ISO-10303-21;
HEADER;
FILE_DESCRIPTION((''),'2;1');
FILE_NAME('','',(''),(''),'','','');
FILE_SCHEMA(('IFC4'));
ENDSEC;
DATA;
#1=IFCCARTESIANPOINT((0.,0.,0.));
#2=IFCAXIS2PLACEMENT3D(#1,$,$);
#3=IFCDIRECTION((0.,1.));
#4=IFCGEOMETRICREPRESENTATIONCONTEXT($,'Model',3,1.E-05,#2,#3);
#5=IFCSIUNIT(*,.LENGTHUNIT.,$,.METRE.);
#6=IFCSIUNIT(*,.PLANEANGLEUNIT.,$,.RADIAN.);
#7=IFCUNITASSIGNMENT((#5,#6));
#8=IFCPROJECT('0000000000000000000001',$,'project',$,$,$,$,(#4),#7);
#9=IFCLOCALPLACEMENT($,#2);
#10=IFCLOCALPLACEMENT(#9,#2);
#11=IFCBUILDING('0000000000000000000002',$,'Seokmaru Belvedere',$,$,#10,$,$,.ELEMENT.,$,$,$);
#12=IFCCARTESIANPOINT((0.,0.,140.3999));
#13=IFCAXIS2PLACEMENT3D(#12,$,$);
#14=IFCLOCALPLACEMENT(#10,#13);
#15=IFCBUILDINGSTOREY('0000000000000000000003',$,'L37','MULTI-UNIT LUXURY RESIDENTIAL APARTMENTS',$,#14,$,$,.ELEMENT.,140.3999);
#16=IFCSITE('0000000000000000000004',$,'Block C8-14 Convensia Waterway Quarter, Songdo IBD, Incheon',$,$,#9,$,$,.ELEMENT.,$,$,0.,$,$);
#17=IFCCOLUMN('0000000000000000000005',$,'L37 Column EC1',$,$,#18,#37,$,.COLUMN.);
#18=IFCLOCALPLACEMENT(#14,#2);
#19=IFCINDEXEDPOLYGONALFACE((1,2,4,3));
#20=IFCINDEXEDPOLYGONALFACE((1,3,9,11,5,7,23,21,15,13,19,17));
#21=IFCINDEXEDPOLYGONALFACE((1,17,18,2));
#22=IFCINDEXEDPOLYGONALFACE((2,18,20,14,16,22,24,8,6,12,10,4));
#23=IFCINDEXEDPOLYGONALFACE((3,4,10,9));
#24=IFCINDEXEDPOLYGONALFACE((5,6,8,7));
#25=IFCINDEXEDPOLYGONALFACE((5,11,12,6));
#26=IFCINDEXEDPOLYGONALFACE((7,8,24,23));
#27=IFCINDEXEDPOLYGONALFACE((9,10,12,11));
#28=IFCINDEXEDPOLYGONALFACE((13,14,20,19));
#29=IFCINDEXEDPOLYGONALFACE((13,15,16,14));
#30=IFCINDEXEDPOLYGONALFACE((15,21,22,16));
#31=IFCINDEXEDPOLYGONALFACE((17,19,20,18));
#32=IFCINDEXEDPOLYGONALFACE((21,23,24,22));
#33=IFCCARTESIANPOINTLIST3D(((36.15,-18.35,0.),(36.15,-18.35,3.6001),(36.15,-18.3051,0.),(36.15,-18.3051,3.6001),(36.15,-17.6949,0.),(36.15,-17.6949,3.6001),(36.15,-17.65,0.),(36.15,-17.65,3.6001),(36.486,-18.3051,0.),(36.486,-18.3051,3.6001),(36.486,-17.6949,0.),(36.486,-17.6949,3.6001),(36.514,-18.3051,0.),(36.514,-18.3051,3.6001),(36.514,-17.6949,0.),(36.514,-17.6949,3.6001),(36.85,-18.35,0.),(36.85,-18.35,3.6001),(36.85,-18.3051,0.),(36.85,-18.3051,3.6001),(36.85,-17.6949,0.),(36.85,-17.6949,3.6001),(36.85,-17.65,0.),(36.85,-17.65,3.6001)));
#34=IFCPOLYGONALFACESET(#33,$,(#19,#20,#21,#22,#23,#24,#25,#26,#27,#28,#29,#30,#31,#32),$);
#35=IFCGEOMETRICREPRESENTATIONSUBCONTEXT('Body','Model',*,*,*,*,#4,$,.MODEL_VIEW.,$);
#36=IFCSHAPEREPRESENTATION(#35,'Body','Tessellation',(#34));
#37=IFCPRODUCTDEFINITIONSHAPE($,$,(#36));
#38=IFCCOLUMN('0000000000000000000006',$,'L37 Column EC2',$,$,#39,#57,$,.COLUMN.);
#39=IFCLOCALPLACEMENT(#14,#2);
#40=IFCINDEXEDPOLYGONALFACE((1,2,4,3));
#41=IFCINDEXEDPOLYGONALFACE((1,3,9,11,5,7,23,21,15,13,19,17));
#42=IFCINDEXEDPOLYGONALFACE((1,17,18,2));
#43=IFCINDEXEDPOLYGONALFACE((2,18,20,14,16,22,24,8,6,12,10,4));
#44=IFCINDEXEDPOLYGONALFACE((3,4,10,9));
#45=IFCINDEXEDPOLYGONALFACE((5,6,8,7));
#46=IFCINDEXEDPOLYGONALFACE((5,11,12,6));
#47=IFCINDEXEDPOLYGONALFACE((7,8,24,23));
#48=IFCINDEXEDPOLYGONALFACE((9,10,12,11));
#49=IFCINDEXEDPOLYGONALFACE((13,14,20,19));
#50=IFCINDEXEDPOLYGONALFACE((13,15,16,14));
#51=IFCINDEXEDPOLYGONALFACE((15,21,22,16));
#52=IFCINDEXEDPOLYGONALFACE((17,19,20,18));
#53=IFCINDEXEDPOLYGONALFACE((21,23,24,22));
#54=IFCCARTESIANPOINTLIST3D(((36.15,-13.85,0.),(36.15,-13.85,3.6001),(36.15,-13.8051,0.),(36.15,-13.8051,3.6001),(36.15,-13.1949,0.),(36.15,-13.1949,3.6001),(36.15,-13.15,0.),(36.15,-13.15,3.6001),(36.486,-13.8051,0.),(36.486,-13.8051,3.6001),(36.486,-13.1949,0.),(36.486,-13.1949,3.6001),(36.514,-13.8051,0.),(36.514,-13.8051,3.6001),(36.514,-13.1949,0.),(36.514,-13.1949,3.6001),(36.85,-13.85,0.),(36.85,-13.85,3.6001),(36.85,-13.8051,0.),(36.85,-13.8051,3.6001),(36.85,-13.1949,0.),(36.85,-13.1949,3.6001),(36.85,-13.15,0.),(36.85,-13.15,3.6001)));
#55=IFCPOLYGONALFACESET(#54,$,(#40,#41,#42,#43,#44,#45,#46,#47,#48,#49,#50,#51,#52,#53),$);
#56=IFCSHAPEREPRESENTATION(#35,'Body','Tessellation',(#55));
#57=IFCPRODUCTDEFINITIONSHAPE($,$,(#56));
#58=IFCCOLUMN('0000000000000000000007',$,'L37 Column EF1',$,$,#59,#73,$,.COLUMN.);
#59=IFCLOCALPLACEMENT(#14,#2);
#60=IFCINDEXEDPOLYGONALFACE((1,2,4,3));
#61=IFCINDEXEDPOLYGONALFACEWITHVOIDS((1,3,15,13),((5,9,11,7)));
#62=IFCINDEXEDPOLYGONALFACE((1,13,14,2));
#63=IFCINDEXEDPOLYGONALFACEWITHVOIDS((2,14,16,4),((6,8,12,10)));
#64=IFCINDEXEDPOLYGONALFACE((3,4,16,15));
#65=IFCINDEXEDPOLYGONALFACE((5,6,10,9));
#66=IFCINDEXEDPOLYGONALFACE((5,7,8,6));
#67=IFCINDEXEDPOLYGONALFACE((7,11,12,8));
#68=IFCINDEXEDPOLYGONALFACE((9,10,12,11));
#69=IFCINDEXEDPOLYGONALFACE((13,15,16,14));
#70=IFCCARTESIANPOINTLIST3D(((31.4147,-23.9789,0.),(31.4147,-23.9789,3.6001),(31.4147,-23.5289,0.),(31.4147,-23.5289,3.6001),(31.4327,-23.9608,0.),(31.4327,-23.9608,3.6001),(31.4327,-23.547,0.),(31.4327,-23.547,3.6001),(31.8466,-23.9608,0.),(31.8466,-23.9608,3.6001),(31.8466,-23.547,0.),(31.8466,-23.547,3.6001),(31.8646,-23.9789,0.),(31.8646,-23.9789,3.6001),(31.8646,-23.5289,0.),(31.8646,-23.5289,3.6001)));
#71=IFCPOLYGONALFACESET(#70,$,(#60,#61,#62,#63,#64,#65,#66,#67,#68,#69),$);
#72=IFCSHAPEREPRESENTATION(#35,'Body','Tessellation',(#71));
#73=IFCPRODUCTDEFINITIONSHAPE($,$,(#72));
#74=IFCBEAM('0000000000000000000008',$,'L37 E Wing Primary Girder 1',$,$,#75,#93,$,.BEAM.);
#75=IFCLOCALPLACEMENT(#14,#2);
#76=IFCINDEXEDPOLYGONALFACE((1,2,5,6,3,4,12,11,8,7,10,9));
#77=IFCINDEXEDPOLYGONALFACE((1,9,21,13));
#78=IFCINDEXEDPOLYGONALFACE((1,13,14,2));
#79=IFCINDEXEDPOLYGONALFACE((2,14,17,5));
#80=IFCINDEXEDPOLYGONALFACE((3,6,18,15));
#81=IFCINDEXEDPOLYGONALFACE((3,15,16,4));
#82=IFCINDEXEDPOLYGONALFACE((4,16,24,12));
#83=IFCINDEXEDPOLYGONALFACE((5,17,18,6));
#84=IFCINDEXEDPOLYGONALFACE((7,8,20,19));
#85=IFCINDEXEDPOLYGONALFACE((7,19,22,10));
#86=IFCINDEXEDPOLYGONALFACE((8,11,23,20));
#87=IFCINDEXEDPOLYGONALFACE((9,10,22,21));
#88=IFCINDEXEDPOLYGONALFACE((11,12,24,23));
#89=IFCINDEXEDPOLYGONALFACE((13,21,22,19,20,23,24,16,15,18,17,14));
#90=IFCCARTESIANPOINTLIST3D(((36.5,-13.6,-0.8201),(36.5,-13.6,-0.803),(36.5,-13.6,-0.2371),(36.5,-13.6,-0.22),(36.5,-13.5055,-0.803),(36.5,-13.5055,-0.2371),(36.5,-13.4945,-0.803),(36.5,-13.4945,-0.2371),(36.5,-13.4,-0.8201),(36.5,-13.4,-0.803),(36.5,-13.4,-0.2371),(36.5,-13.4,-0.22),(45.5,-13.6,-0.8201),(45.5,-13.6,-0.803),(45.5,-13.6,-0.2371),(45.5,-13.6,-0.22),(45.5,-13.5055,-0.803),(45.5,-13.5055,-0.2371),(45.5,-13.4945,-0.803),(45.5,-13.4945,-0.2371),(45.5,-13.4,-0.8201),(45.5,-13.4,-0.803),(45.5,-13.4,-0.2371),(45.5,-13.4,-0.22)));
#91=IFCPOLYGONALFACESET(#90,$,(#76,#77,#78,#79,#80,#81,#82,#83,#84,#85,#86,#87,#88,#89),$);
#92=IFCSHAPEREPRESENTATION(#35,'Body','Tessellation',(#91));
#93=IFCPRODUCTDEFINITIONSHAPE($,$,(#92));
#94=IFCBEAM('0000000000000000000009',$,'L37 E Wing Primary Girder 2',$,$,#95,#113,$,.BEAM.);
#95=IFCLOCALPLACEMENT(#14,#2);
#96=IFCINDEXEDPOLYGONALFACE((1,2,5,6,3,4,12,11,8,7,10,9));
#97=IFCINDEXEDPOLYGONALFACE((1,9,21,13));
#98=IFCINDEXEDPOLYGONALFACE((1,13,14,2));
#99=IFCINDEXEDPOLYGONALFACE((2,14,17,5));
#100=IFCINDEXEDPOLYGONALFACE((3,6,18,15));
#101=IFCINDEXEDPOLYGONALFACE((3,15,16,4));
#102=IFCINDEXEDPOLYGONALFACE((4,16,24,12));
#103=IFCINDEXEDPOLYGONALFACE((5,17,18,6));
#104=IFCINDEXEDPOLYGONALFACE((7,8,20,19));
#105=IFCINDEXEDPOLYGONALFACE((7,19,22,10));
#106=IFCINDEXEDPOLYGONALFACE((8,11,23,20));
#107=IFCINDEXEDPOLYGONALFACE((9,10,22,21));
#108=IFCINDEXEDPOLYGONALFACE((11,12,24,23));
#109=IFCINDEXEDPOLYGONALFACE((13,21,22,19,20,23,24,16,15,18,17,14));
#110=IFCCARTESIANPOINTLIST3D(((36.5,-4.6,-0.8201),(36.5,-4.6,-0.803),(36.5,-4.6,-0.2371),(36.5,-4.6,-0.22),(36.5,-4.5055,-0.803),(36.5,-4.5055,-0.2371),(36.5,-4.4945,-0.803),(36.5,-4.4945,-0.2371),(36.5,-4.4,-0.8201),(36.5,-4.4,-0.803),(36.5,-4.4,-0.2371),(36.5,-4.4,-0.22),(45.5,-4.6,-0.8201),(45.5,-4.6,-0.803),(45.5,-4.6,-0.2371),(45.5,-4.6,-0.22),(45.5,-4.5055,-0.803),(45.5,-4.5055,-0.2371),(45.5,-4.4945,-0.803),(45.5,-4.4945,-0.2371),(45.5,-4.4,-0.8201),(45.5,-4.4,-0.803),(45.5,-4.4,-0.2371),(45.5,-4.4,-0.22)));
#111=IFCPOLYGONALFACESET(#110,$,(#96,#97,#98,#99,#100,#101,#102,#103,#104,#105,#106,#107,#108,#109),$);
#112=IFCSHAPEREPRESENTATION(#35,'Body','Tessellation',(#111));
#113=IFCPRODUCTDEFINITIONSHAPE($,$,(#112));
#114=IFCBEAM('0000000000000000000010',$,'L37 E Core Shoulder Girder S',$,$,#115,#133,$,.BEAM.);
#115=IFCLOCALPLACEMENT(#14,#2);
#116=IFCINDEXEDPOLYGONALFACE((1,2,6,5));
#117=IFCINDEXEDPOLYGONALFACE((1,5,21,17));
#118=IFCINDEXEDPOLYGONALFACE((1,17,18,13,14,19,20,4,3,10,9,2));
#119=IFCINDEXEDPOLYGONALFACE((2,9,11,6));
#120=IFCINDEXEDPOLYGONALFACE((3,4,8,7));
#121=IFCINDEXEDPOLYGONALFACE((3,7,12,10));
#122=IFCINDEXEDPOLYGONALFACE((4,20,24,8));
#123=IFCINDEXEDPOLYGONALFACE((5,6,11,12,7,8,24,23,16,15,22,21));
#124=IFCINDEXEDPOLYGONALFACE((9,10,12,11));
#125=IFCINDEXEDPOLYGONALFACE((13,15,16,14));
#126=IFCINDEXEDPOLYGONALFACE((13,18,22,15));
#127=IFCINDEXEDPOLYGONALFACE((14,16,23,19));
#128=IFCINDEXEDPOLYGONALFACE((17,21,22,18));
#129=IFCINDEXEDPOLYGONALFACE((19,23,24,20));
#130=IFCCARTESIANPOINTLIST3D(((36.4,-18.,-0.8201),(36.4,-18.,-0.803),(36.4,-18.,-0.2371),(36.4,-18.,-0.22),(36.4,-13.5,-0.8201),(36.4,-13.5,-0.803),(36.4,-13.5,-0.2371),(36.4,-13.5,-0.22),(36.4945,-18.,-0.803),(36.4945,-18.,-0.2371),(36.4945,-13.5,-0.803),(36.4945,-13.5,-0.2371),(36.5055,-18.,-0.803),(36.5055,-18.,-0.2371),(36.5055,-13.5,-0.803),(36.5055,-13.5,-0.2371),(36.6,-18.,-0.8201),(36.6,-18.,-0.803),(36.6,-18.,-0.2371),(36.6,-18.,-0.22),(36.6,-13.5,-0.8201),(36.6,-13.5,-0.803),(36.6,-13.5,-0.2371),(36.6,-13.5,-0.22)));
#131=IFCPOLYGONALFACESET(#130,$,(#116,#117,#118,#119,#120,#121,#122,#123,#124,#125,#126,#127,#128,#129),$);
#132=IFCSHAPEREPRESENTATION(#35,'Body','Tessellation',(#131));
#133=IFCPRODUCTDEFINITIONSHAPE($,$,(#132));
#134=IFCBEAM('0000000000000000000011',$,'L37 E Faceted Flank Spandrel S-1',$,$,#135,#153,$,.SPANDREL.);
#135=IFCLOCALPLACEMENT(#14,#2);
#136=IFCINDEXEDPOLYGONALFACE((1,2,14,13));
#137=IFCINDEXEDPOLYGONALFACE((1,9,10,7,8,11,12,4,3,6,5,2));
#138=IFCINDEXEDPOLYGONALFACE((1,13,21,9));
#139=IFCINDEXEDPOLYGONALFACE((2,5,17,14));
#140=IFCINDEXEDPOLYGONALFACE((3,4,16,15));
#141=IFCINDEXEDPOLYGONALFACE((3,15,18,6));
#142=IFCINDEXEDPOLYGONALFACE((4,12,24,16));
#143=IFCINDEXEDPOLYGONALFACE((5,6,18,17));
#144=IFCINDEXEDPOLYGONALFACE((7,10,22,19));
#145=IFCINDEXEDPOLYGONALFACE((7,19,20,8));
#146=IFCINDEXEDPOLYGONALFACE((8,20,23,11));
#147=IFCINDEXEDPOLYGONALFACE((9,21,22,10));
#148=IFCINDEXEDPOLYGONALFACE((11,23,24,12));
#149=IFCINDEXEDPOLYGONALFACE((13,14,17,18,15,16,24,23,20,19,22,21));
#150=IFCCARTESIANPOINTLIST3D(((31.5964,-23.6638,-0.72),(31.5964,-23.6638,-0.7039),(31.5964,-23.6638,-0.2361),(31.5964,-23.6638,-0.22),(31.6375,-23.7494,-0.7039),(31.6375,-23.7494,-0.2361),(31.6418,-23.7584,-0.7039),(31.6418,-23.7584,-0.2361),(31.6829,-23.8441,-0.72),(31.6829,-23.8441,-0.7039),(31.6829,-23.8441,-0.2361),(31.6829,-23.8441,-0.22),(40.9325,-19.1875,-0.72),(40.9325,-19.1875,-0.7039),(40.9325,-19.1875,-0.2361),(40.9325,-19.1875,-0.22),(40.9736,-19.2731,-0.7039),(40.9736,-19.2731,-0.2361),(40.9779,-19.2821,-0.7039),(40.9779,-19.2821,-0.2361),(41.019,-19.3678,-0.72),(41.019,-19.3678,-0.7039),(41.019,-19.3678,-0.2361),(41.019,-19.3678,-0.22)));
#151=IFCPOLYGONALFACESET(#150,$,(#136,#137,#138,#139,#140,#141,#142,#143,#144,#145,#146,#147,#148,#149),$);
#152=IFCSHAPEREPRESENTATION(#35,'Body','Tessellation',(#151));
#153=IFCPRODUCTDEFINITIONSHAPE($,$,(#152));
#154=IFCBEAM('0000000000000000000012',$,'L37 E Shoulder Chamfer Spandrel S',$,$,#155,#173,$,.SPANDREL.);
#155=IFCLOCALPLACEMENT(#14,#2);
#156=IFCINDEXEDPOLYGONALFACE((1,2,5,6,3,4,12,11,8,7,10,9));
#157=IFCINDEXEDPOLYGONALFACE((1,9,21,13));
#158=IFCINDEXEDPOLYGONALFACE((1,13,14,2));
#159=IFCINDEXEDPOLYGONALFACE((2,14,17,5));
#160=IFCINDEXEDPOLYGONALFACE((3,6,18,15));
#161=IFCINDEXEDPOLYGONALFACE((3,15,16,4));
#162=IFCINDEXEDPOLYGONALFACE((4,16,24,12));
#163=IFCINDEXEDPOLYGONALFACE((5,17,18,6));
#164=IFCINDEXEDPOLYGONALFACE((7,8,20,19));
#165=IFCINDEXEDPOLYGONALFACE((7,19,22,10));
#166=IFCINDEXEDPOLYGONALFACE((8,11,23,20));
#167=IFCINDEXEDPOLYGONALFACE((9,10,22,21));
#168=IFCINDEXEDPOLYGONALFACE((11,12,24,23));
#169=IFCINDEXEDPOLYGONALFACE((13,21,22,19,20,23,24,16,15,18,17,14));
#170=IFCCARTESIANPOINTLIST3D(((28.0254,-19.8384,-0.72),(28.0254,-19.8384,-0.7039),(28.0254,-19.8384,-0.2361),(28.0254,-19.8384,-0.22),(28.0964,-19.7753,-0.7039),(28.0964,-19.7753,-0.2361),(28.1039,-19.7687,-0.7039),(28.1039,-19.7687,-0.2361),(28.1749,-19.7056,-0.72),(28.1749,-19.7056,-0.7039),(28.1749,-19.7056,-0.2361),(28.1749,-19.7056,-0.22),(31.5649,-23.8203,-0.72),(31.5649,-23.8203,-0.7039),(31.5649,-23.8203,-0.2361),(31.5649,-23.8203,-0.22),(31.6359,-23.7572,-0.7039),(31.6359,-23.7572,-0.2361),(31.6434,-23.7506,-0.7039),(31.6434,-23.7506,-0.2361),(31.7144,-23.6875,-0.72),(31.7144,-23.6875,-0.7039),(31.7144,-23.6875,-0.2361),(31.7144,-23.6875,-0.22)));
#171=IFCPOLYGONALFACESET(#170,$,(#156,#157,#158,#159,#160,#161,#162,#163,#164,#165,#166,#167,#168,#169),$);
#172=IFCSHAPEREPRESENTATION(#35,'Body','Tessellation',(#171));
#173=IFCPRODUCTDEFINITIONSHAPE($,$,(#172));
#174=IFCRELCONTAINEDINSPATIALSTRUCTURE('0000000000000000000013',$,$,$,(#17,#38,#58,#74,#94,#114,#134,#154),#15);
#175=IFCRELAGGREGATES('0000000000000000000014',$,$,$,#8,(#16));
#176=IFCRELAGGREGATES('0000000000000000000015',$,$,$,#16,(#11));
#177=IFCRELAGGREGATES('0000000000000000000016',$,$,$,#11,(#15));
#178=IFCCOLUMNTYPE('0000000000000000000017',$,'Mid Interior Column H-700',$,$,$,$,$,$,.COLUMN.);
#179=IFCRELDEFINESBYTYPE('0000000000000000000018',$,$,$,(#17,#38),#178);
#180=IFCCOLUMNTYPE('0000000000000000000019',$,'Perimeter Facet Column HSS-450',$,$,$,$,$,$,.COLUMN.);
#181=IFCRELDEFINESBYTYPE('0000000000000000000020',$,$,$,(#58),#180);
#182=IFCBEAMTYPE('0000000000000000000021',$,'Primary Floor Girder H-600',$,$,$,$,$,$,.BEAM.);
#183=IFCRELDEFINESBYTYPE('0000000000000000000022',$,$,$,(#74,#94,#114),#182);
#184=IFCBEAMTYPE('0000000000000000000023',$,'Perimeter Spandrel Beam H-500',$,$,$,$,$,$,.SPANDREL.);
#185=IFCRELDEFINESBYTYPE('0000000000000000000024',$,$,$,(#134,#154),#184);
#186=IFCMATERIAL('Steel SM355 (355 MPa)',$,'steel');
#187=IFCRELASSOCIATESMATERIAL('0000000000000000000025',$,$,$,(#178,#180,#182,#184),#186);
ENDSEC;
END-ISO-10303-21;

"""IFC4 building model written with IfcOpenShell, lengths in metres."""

from ifc_helpers import new_model, si_unit, direction, frame, origin, origin_2d, place, context, subcontext, project, spatial, hollow_rectangle, i_section, extrude, source, transform, mapped, material, material_profile, profile_set, type_object, type_shapes, element, save


model = new_model("IFC4")

# Units and contexts
model_context = context("Model", 3, precision=1e-05, world=origin(), true_north=direction((0.0, 1.0)))
body_context = subcontext(model_context, "Body", "Model", "MODEL_VIEW")
ifc_project = project(units=[si_unit("LENGTHUNIT", "METRE"), si_unit("PLANEANGLEUNIT", "RADIAN")], contexts=[model_context])

# Site, building, storey
site_placement = place(None, origin())
site = spatial("IfcSite", under=ifc_project, at=site_placement, Name="Block C8-14 Convensia Waterway Quarter, Songdo IBD, Incheon", CompositionType="ELEMENT", RefElevation=0.0)
building_placement = place(site_placement, origin())
building = spatial("IfcBuilding", under=site, at=building_placement, Name="Seokmaru Belvedere", CompositionType="ELEMENT")
storey_placement = place(building_placement, frame((0.0, 0.0, 140.3999)))
storey = spatial("IfcBuildingStorey", under=building, at=storey_placement, Name="L37", Description="MULTI-UNIT LUXURY RESIDENTIAL APARTMENTS", CompositionType="ELEMENT", Elevation=140.3999)

# Columns
ifc_material_1 = material(Name="Steel SM355 (355 MPa)", Category="steel")
ifc_material_profile_1 = material_profile(ifc_material_1, i_section(OverallWidth=0.7, OverallDepth=0.7, WebThickness=0.0281, FlangeThickness=0.0449, at=origin_2d()), Name="H-700x700x28x45")
ifc_profile_set_1 = profile_set([ifc_material_profile_1], Name="Steel SM355 (355 MPa)")
column_type_1 = type_object("IfcColumnType", Name="Mid Interior Column H-700", PredefinedType="COLUMN", material=ifc_profile_set_1)
shared_shape_1 = source(origin(), body_context, "Body", "SweptSolid", [
    extrude(i_section(OverallWidth=0.7, OverallDepth=0.7, WebThickness=0.0281, FlangeThickness=0.0449, at=origin_2d()), origin(), (0.0, 0.0, 1.0), 3.6001),
])
type_shapes(column_type_1, [shared_shape_1])
for number, where, z_axis, x_axis, name in (
    (1, (36.5, -18.0, 0.0), (0.0, 0.0, 1.0), (1.0, 0.0, 0.0), "L37 Column EC1"),
    (2, (36.5, -13.5, 0.0), (0.0, 0.0, 1.0), (1.0, 0.0, 0.0), "L37 Column EC2"),
):
    element("IfcColumn", number, at=place(storey_placement, frame(where, z_axis=z_axis, x_axis=x_axis)), inside=storey, type_object=column_type_1, Name=name, PredefinedType="COLUMN", context=body_context, shape_type="MappedRepresentation", body=[
        mapped(shared_shape_1, transform((0.0, 0.0, 0.0), scale=1.0)),
    ])
ifc_material_profile_2 = material_profile(ifc_material_1, hollow_rectangle(XDim=0.45, YDim=0.45, WallThickness=0.0181, at=origin_2d()), Name="HSS-450x450x18")
ifc_profile_set_2 = profile_set([ifc_material_profile_2], Name="Steel SM355 (355 MPa)")
column_type_2 = type_object("IfcColumnType", Name="Perimeter Facet Column HSS-450", PredefinedType="COLUMN", material=ifc_profile_set_2)
shared_shape_2 = source(origin(), body_context, "Body", "SweptSolid", [
    extrude(hollow_rectangle(XDim=0.45, YDim=0.45, WallThickness=0.0181, at=origin_2d()), origin(), (0.0, 0.0, 1.0), 3.6001),
])
type_shapes(column_type_2, [shared_shape_2])
column_placement = place(storey_placement, frame((31.6396, -23.7539, 0.0), z_axis=(0.0, 0.0, 1.0), x_axis=(1.0, 0.0, 0.0)))
element("IfcColumn", 3, at=column_placement, inside=storey, type_object=column_type_2, Name="L37 Column EF1", PredefinedType="COLUMN", context=body_context, shape_type="MappedRepresentation", body=[
    mapped(shared_shape_2, transform((0.0, 0.0, 0.0), scale=1.0)),
])

# Beams
ifc_material_profile_3 = material_profile(ifc_material_1, i_section(OverallWidth=0.2, OverallDepth=0.6001, WebThickness=0.011, FlangeThickness=0.0171, at=origin_2d()), Name="H-600x200x11x17")
ifc_profile_set_3 = profile_set([ifc_material_profile_3], Name="Steel SM355 (355 MPa)")
beam_type_1 = type_object("IfcBeamType", Name="Primary Floor Girder H-600", PredefinedType="BEAM", material=ifc_profile_set_3)
shared_shape_3 = source(origin(), body_context, "Body", "SweptSolid", [
    extrude(i_section(OverallWidth=0.2, OverallDepth=0.6001, WebThickness=0.011, FlangeThickness=0.0171, at=origin_2d()), origin(), (0.0, 0.0, 1.0), 9.0),
])
for number, where, z_axis, x_axis, name in (
    (4, (36.5, -13.5, -0.52), (1.0, 0.0, 0.0), (0.0, 1.0, 0.0), "L37 E Wing Primary Girder 1"),
    (5, (36.5, -4.5, -0.52), (1.0, 0.0, 0.0), (0.0, 1.0, 0.0), "L37 E Wing Primary Girder 2"),
):
    element("IfcBeam", number, at=place(storey_placement, frame(where, z_axis=z_axis, x_axis=x_axis)), inside=storey, type_object=beam_type_1, Name=name, PredefinedType="BEAM", context=body_context, shape_type="MappedRepresentation", body=[
        mapped(shared_shape_3, transform((0.0, 0.0, 0.0), scale=1.0)),
    ])
shared_shape_4 = source(origin(), body_context, "Body", "SweptSolid", [
    extrude(i_section(OverallWidth=0.2, OverallDepth=0.6001, WebThickness=0.011, FlangeThickness=0.0171, at=origin_2d()), origin(), (0.0, 0.0, 1.0), 4.5),
])
type_shapes(beam_type_1, [shared_shape_3, shared_shape_4])
beam_1_placement = place(storey_placement, frame((36.5, -18.0, -0.52), z_axis=(0.0, 1.0, 0.0), x_axis=(-1.0, 0.0, 0.0)))
element("IfcBeam", 6, at=beam_1_placement, inside=storey, type_object=beam_type_1, Name="L37 E Core Shoulder Girder S", PredefinedType="BEAM", context=body_context, shape_type="MappedRepresentation", body=[
    mapped(shared_shape_4, transform((0.0, 0.0, 0.0), scale=1.0)),
])
ifc_material_profile_4 = material_profile(ifc_material_1, i_section(OverallWidth=0.2, OverallDepth=0.5, WebThickness=0.01, FlangeThickness=0.0161, at=origin_2d()), Name="H-500x200x10x16")
ifc_profile_set_4 = profile_set([ifc_material_profile_4], Name="Steel SM355 (355 MPa)")
beam_type_2 = type_object("IfcBeamType", Name="Perimeter Spandrel Beam H-500", PredefinedType="SPANDREL", material=ifc_profile_set_4)
shared_shape_5 = source(origin(), body_context, "Body", "SweptSolid", [
    extrude(i_section(OverallWidth=0.2, OverallDepth=0.5, WebThickness=0.01, FlangeThickness=0.0161, at=origin_2d()), origin(), (0.0, 0.0, 1.0), 10.3538),
])
beam_2_placement = place(storey_placement, frame((31.6396, -23.7539, -0.47), z_axis=(0.901713, 0.432335, 0.0), x_axis=(-0.432335, 0.901713, 0.0)))
element("IfcBeam", 7, at=beam_2_placement, inside=storey, type_object=beam_type_2, Name="L37 E Faceted Flank Spandrel S-1", PredefinedType="SPANDREL", context=body_context, shape_type="MappedRepresentation", body=[
    mapped(shared_shape_5, transform((0.0, 0.0, 0.0), scale=1.0)),
])
shared_shape_6 = source(origin(), body_context, "Body", "SweptSolid", [
    extrude(i_section(OverallWidth=0.2, OverallDepth=0.5, WebThickness=0.01, FlangeThickness=0.0161, at=origin_2d()), origin(), (0.0, 0.0, 1.0), 5.3276),
])
beam_3_placement = place(storey_placement, frame((31.6396, -23.7539, -0.47), z_axis=(-0.66437, 0.747404, 0.0), x_axis=(-0.747404, -0.66437, 0.0)))
element("IfcBeam", 8, at=beam_3_placement, inside=storey, type_object=beam_type_2, Name="L37 E Shoulder Chamfer Spandrel S", PredefinedType="SPANDREL", context=body_context, shape_type="MappedRepresentation", body=[
    mapped(shared_shape_6, transform((0.0, 0.0, 0.0), scale=1.0)),
])

save(model, "model.ifc")
